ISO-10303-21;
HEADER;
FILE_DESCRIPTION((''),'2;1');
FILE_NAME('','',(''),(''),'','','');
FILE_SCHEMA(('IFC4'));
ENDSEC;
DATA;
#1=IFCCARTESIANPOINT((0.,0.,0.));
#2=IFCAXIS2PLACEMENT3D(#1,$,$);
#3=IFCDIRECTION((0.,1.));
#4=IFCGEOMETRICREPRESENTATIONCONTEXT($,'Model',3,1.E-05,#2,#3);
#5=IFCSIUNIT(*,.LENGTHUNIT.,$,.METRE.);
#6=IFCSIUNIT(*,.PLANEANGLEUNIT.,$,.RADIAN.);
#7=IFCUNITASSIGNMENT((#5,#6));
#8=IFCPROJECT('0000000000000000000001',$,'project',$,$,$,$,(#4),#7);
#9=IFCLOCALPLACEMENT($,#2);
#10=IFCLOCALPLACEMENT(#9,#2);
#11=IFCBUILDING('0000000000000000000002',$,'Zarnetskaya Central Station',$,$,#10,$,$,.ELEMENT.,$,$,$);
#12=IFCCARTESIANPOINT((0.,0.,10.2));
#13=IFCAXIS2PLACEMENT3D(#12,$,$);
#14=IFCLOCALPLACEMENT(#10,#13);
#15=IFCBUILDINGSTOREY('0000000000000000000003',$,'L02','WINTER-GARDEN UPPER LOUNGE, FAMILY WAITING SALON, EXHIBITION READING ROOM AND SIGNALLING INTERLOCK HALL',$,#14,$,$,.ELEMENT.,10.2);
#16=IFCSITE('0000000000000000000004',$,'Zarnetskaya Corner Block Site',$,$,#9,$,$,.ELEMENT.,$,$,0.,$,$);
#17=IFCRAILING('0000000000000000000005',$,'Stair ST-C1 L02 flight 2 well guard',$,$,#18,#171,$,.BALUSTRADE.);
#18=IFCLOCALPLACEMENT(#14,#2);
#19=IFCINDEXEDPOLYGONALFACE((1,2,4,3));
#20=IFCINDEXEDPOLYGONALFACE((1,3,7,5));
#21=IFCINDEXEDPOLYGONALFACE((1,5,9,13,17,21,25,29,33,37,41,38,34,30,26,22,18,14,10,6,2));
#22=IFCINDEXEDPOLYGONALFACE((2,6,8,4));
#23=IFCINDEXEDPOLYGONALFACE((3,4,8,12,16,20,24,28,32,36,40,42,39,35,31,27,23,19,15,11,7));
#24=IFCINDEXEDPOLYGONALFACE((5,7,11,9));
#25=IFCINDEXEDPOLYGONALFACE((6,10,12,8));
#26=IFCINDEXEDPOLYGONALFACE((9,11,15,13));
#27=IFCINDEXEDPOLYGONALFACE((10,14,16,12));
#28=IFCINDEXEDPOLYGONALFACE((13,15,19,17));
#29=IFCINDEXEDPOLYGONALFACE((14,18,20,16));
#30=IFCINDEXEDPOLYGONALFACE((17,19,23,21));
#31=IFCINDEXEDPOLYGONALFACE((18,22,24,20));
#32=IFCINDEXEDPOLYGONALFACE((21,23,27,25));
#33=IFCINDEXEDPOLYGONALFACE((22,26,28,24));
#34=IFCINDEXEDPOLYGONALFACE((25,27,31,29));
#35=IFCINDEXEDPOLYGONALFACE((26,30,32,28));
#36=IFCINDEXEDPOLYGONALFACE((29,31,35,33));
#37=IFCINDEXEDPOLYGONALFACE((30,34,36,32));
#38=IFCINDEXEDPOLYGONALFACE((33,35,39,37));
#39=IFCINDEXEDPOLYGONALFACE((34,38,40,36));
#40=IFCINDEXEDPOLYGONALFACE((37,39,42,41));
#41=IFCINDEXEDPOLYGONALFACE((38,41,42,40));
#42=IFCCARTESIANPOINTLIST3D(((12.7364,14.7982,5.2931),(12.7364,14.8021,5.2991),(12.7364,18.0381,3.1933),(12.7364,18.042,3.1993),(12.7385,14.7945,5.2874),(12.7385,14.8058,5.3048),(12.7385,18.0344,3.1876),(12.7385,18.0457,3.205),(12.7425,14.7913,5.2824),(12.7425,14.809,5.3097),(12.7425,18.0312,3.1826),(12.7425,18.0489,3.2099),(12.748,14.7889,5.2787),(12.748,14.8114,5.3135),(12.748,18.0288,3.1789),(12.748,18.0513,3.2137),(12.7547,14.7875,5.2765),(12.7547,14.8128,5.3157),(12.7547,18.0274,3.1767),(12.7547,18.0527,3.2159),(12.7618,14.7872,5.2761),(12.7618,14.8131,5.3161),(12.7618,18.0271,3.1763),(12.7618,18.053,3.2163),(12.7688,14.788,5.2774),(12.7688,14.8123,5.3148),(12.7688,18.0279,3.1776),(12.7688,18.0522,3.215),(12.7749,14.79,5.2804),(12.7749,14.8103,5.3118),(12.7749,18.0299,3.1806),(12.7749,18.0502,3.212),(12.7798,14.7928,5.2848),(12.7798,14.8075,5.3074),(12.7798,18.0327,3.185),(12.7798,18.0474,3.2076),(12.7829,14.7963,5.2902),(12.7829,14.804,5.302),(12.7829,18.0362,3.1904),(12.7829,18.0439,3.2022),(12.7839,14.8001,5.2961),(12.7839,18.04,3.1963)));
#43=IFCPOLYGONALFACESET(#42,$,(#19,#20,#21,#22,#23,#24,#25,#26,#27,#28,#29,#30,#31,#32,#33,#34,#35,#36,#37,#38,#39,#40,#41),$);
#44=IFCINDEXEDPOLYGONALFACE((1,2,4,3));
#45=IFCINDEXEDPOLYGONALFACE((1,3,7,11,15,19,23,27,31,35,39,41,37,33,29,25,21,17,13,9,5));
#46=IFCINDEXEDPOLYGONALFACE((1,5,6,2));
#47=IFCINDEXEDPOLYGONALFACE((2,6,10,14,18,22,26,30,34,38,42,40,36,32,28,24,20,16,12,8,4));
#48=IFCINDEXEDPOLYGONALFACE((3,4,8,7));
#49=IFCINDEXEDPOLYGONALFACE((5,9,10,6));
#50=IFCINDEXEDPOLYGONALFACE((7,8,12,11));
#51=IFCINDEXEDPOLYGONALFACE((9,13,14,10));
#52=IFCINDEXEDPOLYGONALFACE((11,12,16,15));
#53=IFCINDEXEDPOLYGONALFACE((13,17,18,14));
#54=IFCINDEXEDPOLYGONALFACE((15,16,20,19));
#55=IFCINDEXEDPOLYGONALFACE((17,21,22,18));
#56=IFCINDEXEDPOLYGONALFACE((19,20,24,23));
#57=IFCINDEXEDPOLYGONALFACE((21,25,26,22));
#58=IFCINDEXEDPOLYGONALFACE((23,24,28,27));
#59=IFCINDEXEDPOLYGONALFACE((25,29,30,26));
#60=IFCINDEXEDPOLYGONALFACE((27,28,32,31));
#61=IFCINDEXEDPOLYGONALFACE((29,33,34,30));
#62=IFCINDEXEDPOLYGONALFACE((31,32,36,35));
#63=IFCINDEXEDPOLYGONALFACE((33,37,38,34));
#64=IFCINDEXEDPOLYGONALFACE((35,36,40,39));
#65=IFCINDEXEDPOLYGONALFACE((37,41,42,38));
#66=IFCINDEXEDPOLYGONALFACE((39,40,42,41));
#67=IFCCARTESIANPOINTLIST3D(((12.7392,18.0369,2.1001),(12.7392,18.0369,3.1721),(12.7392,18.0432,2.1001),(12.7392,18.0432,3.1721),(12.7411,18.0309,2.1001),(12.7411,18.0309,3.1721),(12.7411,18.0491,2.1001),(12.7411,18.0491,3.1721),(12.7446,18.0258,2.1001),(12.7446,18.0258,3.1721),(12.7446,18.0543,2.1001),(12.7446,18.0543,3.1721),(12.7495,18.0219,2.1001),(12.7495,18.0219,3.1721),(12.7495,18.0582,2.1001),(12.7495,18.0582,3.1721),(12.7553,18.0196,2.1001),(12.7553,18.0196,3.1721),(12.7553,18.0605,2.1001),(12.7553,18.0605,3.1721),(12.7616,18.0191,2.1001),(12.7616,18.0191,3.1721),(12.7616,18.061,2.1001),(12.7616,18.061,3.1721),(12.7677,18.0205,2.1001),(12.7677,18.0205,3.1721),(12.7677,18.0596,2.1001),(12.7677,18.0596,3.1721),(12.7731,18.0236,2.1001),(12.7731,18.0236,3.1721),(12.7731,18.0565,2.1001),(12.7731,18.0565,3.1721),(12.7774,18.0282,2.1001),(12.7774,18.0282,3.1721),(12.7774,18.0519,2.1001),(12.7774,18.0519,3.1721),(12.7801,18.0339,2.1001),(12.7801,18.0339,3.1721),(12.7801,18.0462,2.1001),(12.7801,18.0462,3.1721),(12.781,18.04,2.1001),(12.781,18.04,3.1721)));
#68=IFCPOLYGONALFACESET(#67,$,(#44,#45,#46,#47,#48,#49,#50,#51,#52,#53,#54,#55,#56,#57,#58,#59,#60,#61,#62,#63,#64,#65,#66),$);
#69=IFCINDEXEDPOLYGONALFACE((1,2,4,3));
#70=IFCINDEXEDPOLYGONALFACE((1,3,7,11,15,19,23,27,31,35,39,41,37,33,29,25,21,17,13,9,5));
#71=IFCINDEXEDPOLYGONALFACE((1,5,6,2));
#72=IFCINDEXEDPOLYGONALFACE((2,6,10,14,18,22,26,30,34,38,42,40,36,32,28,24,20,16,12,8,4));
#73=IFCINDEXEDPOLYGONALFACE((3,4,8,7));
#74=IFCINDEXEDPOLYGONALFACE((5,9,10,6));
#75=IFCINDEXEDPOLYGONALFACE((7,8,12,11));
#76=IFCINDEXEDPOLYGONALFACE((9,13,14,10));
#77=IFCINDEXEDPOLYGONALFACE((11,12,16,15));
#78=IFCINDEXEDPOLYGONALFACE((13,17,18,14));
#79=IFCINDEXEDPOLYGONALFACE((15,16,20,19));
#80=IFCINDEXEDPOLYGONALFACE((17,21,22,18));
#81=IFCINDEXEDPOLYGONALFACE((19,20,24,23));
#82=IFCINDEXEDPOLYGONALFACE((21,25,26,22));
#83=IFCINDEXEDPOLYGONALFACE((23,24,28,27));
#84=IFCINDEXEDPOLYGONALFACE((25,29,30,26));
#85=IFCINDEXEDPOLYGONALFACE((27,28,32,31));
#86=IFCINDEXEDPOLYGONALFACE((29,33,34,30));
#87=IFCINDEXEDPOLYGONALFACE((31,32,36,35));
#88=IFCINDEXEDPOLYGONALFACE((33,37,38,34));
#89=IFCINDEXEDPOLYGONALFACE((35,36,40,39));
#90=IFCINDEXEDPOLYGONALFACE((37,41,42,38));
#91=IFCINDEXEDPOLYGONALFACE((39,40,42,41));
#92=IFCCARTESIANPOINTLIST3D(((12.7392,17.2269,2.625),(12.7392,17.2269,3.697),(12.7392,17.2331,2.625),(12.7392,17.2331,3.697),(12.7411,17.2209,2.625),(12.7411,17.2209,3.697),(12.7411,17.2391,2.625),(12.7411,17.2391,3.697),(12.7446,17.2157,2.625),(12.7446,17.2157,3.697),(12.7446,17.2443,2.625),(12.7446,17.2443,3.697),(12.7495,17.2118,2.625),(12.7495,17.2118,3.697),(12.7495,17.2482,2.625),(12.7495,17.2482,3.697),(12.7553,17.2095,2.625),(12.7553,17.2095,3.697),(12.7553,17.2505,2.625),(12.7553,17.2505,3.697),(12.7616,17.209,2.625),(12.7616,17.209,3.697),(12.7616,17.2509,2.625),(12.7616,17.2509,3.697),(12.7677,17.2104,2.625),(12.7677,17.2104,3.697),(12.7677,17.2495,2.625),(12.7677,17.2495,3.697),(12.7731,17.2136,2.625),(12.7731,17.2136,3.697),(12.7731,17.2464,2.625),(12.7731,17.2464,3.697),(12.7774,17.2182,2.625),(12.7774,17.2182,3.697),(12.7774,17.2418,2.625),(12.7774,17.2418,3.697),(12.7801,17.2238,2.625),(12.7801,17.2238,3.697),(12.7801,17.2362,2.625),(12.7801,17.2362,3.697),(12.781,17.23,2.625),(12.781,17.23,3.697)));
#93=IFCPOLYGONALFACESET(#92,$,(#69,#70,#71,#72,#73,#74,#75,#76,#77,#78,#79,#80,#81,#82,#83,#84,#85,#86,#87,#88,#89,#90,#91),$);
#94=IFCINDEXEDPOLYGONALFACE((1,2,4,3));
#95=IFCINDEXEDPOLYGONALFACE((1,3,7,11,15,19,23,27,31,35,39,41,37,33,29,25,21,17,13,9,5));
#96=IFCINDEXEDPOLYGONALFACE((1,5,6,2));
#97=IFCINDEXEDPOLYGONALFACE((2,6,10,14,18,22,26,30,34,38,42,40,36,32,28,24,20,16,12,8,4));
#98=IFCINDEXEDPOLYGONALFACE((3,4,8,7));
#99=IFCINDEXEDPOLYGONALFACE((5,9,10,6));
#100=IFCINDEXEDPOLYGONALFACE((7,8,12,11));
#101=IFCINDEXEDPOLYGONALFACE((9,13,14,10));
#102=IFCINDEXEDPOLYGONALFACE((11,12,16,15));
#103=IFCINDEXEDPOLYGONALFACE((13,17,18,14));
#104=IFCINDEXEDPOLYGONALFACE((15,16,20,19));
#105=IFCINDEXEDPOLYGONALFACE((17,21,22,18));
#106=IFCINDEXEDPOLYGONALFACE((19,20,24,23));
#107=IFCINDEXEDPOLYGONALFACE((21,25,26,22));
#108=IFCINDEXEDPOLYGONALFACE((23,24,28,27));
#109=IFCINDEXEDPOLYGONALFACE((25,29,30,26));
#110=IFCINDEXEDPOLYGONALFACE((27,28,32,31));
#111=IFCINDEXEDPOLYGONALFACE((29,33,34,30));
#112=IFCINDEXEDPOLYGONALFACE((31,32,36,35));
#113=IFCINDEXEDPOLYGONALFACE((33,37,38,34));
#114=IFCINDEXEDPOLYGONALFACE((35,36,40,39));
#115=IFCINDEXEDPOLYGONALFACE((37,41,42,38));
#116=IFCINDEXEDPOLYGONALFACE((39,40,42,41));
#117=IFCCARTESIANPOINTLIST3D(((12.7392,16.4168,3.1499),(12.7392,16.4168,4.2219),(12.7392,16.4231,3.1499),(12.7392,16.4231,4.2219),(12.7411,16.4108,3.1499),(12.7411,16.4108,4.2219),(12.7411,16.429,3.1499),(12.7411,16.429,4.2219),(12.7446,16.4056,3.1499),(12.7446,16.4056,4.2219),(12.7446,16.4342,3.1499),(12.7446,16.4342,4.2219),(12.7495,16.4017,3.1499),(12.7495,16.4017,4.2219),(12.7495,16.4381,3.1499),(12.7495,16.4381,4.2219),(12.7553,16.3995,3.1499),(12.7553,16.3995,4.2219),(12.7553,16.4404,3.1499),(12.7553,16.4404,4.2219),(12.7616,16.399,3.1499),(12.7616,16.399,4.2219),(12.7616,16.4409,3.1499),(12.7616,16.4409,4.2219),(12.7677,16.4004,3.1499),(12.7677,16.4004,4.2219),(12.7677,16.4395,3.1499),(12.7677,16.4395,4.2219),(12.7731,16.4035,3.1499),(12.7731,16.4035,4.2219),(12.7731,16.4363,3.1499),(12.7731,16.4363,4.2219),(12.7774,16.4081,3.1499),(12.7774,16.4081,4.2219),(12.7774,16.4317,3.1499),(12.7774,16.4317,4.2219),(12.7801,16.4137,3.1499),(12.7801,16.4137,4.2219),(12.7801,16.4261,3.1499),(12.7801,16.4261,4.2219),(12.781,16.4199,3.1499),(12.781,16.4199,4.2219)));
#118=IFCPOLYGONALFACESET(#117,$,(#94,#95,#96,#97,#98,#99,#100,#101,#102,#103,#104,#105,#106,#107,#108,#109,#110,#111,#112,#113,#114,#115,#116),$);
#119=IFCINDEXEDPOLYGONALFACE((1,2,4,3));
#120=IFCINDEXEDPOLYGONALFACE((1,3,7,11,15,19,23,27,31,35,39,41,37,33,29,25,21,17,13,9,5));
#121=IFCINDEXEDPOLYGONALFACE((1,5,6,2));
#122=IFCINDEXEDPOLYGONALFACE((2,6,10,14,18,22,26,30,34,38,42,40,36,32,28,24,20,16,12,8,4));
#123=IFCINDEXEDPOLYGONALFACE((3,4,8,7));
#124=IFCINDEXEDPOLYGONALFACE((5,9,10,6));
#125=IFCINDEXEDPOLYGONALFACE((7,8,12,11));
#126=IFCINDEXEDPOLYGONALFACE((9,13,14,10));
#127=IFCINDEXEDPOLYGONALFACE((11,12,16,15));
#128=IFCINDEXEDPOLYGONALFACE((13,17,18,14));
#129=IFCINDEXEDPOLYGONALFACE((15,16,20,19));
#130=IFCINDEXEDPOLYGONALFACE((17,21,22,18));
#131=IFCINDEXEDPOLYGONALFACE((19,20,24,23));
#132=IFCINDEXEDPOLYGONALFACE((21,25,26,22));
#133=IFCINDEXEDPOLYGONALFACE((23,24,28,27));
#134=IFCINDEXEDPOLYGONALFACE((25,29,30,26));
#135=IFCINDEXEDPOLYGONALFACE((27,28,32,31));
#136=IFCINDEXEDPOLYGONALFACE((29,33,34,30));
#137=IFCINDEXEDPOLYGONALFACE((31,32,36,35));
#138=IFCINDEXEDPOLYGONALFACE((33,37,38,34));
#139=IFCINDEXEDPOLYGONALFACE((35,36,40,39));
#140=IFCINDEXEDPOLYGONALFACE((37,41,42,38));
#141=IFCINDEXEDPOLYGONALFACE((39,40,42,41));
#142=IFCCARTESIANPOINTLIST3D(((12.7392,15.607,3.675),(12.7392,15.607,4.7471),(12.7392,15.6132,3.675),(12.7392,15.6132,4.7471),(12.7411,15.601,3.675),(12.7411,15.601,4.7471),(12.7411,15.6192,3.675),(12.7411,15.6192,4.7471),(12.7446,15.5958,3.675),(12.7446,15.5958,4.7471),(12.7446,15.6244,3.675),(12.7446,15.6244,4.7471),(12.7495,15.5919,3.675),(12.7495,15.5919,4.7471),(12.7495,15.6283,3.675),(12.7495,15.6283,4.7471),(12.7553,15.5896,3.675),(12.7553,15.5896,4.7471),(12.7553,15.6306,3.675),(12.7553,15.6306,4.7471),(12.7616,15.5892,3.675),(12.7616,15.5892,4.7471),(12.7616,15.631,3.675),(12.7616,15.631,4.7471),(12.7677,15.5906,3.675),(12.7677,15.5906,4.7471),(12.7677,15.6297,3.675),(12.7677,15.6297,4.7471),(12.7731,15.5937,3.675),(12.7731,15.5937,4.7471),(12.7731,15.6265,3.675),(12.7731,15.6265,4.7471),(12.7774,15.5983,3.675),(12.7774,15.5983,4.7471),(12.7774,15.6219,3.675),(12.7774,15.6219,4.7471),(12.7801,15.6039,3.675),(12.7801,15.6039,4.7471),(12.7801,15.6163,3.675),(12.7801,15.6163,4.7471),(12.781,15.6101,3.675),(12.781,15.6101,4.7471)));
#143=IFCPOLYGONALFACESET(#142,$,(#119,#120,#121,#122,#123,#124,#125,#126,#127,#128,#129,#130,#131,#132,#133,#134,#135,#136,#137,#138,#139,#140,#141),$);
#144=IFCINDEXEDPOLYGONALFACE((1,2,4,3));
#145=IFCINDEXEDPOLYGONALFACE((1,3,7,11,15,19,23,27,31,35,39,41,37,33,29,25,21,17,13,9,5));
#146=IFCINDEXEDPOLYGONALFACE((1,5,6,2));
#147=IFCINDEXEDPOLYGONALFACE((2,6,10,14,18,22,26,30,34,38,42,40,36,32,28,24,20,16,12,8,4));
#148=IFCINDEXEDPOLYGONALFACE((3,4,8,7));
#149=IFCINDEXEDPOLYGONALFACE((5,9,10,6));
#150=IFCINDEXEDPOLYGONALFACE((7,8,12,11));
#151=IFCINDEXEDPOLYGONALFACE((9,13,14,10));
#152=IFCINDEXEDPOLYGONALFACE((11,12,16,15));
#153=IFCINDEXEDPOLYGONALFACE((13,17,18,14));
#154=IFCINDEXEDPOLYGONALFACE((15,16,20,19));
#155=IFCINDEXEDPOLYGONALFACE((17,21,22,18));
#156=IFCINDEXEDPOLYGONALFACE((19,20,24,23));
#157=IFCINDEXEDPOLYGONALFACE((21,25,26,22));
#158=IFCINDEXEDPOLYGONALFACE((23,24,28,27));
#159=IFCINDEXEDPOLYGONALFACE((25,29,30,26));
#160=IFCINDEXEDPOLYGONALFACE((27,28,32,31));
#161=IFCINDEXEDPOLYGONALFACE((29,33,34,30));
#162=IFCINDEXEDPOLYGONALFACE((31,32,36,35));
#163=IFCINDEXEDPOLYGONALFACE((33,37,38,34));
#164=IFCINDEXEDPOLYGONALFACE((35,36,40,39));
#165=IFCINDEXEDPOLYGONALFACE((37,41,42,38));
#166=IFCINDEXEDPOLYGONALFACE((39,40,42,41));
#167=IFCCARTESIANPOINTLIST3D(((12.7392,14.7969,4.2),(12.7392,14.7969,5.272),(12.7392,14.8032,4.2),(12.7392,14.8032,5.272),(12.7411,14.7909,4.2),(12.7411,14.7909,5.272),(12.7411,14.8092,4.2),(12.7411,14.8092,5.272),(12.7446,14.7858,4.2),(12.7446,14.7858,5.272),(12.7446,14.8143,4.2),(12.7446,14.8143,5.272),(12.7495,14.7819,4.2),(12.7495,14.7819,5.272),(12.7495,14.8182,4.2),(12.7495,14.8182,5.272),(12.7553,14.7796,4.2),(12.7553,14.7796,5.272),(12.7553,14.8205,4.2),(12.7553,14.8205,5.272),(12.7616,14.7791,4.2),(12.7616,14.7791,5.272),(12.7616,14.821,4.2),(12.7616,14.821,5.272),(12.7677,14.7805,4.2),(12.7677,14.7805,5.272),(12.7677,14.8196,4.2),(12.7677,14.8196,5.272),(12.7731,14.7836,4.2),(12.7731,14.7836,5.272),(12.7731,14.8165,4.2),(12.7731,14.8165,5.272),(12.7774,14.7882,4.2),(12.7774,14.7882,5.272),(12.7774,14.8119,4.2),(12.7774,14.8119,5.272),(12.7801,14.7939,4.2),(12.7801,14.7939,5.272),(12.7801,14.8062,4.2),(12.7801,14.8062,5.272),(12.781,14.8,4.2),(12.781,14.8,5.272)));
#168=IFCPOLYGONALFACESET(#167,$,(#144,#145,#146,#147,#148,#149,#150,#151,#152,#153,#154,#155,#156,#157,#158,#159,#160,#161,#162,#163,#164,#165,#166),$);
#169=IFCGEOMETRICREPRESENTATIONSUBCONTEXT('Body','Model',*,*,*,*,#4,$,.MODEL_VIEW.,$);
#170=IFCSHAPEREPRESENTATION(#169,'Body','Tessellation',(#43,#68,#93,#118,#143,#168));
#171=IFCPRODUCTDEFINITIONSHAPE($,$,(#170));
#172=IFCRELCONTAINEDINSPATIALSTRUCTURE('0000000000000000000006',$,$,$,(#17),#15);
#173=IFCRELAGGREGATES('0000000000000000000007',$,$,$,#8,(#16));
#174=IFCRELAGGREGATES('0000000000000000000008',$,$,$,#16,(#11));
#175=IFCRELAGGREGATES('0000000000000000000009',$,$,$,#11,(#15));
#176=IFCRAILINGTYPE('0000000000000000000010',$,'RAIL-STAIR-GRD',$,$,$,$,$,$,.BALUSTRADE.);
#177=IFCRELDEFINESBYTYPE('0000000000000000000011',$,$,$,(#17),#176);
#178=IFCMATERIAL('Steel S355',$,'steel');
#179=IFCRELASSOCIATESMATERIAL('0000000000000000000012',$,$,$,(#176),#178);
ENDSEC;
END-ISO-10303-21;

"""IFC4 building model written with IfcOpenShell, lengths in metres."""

from ifc_helpers import new_model, si_unit, direction, frame, origin, origin_2d, place, context, subcontext, project, spatial, circle, extrude, material, type_object, element, save


model = new_model("IFC4")

# Units and contexts
model_context = context("Model", 3, precision=1e-05, world=origin(), true_north=direction((0.0, 1.0)))
body_context = subcontext(model_context, "Body", "Model", "MODEL_VIEW")
ifc_project = project(units=[si_unit("LENGTHUNIT", "METRE"), si_unit("PLANEANGLEUNIT", "RADIAN")], contexts=[model_context])

# Site, building, storey
site_placement = place(None, origin())
site = spatial("IfcSite", under=ifc_project, at=site_placement, Name="Zarnetskaya Corner Block Site", CompositionType="ELEMENT", RefElevation=0.0)
building_placement = place(site_placement, origin())
building = spatial("IfcBuilding", under=site, at=building_placement, Name="Zarnetskaya Central Station", CompositionType="ELEMENT")
storey_placement = place(building_placement, frame((0.0, 0.0, 10.2)))
storey = spatial("IfcBuildingStorey", under=building, at=storey_placement, Name="L02", Description="WINTER-GARDEN UPPER LOUNGE, FAMILY WAITING SALON, EXHIBITION READING ROOM AND SIGNALLING INTERLOCK HALL", CompositionType="ELEMENT", Elevation=10.2)

# Shared definitions
ifc_material_1 = material(Name="Steel S355", Category="steel")

# Railing
railing_type_1 = type_object("IfcRailingType", Name="RAIL-STAIR-GRD", PredefinedType="BALUSTRADE", material=ifc_material_1)
railing_1_placement = place(storey_placement, frame((12.76, 18.04, 2.1001)))
element("IfcRailing", 1, at=railing_1_placement, inside=storey, type_object=railing_type_1, Name="Stair ST-C1 L02 flight 2 well guard", PredefinedType="BALUSTRADE", context=body_context, shape_type="SweptSolid", body=[
    extrude(circle(Radius=0.0239, at=origin_2d()), frame((0.0, 0.0, 1.0962), z_axis=(0.0, -0.83917, 0.54387), x_axis=(1.0, 0.0, 0.0)), (0.0, 0.0, 1.0), 3.8608),
    extrude(circle(Radius=0.021, at=origin_2d()), origin(), (0.0, 0.0, 1.0), 1.072),
    extrude(circle(Radius=0.021, at=origin_2d()), frame((0.0, -0.8101, 0.5249)), (0.0, 0.0, 1.0), 1.072),
    extrude(circle(Radius=0.021, at=origin_2d()), frame((0.0, -1.6201, 1.0498)), (0.0, 0.0, 1.0), 1.072),
    extrude(circle(Radius=0.021, at=origin_2d()), frame((0.0, -2.4299, 1.575)), (0.0, 0.0, 1.0), 1.072),
    extrude(circle(Radius=0.021, at=origin_2d()), frame((0.0, -3.24, 2.0999)), (0.0, 0.0, 1.0), 1.072),
])

save(model, "model.ifc")
